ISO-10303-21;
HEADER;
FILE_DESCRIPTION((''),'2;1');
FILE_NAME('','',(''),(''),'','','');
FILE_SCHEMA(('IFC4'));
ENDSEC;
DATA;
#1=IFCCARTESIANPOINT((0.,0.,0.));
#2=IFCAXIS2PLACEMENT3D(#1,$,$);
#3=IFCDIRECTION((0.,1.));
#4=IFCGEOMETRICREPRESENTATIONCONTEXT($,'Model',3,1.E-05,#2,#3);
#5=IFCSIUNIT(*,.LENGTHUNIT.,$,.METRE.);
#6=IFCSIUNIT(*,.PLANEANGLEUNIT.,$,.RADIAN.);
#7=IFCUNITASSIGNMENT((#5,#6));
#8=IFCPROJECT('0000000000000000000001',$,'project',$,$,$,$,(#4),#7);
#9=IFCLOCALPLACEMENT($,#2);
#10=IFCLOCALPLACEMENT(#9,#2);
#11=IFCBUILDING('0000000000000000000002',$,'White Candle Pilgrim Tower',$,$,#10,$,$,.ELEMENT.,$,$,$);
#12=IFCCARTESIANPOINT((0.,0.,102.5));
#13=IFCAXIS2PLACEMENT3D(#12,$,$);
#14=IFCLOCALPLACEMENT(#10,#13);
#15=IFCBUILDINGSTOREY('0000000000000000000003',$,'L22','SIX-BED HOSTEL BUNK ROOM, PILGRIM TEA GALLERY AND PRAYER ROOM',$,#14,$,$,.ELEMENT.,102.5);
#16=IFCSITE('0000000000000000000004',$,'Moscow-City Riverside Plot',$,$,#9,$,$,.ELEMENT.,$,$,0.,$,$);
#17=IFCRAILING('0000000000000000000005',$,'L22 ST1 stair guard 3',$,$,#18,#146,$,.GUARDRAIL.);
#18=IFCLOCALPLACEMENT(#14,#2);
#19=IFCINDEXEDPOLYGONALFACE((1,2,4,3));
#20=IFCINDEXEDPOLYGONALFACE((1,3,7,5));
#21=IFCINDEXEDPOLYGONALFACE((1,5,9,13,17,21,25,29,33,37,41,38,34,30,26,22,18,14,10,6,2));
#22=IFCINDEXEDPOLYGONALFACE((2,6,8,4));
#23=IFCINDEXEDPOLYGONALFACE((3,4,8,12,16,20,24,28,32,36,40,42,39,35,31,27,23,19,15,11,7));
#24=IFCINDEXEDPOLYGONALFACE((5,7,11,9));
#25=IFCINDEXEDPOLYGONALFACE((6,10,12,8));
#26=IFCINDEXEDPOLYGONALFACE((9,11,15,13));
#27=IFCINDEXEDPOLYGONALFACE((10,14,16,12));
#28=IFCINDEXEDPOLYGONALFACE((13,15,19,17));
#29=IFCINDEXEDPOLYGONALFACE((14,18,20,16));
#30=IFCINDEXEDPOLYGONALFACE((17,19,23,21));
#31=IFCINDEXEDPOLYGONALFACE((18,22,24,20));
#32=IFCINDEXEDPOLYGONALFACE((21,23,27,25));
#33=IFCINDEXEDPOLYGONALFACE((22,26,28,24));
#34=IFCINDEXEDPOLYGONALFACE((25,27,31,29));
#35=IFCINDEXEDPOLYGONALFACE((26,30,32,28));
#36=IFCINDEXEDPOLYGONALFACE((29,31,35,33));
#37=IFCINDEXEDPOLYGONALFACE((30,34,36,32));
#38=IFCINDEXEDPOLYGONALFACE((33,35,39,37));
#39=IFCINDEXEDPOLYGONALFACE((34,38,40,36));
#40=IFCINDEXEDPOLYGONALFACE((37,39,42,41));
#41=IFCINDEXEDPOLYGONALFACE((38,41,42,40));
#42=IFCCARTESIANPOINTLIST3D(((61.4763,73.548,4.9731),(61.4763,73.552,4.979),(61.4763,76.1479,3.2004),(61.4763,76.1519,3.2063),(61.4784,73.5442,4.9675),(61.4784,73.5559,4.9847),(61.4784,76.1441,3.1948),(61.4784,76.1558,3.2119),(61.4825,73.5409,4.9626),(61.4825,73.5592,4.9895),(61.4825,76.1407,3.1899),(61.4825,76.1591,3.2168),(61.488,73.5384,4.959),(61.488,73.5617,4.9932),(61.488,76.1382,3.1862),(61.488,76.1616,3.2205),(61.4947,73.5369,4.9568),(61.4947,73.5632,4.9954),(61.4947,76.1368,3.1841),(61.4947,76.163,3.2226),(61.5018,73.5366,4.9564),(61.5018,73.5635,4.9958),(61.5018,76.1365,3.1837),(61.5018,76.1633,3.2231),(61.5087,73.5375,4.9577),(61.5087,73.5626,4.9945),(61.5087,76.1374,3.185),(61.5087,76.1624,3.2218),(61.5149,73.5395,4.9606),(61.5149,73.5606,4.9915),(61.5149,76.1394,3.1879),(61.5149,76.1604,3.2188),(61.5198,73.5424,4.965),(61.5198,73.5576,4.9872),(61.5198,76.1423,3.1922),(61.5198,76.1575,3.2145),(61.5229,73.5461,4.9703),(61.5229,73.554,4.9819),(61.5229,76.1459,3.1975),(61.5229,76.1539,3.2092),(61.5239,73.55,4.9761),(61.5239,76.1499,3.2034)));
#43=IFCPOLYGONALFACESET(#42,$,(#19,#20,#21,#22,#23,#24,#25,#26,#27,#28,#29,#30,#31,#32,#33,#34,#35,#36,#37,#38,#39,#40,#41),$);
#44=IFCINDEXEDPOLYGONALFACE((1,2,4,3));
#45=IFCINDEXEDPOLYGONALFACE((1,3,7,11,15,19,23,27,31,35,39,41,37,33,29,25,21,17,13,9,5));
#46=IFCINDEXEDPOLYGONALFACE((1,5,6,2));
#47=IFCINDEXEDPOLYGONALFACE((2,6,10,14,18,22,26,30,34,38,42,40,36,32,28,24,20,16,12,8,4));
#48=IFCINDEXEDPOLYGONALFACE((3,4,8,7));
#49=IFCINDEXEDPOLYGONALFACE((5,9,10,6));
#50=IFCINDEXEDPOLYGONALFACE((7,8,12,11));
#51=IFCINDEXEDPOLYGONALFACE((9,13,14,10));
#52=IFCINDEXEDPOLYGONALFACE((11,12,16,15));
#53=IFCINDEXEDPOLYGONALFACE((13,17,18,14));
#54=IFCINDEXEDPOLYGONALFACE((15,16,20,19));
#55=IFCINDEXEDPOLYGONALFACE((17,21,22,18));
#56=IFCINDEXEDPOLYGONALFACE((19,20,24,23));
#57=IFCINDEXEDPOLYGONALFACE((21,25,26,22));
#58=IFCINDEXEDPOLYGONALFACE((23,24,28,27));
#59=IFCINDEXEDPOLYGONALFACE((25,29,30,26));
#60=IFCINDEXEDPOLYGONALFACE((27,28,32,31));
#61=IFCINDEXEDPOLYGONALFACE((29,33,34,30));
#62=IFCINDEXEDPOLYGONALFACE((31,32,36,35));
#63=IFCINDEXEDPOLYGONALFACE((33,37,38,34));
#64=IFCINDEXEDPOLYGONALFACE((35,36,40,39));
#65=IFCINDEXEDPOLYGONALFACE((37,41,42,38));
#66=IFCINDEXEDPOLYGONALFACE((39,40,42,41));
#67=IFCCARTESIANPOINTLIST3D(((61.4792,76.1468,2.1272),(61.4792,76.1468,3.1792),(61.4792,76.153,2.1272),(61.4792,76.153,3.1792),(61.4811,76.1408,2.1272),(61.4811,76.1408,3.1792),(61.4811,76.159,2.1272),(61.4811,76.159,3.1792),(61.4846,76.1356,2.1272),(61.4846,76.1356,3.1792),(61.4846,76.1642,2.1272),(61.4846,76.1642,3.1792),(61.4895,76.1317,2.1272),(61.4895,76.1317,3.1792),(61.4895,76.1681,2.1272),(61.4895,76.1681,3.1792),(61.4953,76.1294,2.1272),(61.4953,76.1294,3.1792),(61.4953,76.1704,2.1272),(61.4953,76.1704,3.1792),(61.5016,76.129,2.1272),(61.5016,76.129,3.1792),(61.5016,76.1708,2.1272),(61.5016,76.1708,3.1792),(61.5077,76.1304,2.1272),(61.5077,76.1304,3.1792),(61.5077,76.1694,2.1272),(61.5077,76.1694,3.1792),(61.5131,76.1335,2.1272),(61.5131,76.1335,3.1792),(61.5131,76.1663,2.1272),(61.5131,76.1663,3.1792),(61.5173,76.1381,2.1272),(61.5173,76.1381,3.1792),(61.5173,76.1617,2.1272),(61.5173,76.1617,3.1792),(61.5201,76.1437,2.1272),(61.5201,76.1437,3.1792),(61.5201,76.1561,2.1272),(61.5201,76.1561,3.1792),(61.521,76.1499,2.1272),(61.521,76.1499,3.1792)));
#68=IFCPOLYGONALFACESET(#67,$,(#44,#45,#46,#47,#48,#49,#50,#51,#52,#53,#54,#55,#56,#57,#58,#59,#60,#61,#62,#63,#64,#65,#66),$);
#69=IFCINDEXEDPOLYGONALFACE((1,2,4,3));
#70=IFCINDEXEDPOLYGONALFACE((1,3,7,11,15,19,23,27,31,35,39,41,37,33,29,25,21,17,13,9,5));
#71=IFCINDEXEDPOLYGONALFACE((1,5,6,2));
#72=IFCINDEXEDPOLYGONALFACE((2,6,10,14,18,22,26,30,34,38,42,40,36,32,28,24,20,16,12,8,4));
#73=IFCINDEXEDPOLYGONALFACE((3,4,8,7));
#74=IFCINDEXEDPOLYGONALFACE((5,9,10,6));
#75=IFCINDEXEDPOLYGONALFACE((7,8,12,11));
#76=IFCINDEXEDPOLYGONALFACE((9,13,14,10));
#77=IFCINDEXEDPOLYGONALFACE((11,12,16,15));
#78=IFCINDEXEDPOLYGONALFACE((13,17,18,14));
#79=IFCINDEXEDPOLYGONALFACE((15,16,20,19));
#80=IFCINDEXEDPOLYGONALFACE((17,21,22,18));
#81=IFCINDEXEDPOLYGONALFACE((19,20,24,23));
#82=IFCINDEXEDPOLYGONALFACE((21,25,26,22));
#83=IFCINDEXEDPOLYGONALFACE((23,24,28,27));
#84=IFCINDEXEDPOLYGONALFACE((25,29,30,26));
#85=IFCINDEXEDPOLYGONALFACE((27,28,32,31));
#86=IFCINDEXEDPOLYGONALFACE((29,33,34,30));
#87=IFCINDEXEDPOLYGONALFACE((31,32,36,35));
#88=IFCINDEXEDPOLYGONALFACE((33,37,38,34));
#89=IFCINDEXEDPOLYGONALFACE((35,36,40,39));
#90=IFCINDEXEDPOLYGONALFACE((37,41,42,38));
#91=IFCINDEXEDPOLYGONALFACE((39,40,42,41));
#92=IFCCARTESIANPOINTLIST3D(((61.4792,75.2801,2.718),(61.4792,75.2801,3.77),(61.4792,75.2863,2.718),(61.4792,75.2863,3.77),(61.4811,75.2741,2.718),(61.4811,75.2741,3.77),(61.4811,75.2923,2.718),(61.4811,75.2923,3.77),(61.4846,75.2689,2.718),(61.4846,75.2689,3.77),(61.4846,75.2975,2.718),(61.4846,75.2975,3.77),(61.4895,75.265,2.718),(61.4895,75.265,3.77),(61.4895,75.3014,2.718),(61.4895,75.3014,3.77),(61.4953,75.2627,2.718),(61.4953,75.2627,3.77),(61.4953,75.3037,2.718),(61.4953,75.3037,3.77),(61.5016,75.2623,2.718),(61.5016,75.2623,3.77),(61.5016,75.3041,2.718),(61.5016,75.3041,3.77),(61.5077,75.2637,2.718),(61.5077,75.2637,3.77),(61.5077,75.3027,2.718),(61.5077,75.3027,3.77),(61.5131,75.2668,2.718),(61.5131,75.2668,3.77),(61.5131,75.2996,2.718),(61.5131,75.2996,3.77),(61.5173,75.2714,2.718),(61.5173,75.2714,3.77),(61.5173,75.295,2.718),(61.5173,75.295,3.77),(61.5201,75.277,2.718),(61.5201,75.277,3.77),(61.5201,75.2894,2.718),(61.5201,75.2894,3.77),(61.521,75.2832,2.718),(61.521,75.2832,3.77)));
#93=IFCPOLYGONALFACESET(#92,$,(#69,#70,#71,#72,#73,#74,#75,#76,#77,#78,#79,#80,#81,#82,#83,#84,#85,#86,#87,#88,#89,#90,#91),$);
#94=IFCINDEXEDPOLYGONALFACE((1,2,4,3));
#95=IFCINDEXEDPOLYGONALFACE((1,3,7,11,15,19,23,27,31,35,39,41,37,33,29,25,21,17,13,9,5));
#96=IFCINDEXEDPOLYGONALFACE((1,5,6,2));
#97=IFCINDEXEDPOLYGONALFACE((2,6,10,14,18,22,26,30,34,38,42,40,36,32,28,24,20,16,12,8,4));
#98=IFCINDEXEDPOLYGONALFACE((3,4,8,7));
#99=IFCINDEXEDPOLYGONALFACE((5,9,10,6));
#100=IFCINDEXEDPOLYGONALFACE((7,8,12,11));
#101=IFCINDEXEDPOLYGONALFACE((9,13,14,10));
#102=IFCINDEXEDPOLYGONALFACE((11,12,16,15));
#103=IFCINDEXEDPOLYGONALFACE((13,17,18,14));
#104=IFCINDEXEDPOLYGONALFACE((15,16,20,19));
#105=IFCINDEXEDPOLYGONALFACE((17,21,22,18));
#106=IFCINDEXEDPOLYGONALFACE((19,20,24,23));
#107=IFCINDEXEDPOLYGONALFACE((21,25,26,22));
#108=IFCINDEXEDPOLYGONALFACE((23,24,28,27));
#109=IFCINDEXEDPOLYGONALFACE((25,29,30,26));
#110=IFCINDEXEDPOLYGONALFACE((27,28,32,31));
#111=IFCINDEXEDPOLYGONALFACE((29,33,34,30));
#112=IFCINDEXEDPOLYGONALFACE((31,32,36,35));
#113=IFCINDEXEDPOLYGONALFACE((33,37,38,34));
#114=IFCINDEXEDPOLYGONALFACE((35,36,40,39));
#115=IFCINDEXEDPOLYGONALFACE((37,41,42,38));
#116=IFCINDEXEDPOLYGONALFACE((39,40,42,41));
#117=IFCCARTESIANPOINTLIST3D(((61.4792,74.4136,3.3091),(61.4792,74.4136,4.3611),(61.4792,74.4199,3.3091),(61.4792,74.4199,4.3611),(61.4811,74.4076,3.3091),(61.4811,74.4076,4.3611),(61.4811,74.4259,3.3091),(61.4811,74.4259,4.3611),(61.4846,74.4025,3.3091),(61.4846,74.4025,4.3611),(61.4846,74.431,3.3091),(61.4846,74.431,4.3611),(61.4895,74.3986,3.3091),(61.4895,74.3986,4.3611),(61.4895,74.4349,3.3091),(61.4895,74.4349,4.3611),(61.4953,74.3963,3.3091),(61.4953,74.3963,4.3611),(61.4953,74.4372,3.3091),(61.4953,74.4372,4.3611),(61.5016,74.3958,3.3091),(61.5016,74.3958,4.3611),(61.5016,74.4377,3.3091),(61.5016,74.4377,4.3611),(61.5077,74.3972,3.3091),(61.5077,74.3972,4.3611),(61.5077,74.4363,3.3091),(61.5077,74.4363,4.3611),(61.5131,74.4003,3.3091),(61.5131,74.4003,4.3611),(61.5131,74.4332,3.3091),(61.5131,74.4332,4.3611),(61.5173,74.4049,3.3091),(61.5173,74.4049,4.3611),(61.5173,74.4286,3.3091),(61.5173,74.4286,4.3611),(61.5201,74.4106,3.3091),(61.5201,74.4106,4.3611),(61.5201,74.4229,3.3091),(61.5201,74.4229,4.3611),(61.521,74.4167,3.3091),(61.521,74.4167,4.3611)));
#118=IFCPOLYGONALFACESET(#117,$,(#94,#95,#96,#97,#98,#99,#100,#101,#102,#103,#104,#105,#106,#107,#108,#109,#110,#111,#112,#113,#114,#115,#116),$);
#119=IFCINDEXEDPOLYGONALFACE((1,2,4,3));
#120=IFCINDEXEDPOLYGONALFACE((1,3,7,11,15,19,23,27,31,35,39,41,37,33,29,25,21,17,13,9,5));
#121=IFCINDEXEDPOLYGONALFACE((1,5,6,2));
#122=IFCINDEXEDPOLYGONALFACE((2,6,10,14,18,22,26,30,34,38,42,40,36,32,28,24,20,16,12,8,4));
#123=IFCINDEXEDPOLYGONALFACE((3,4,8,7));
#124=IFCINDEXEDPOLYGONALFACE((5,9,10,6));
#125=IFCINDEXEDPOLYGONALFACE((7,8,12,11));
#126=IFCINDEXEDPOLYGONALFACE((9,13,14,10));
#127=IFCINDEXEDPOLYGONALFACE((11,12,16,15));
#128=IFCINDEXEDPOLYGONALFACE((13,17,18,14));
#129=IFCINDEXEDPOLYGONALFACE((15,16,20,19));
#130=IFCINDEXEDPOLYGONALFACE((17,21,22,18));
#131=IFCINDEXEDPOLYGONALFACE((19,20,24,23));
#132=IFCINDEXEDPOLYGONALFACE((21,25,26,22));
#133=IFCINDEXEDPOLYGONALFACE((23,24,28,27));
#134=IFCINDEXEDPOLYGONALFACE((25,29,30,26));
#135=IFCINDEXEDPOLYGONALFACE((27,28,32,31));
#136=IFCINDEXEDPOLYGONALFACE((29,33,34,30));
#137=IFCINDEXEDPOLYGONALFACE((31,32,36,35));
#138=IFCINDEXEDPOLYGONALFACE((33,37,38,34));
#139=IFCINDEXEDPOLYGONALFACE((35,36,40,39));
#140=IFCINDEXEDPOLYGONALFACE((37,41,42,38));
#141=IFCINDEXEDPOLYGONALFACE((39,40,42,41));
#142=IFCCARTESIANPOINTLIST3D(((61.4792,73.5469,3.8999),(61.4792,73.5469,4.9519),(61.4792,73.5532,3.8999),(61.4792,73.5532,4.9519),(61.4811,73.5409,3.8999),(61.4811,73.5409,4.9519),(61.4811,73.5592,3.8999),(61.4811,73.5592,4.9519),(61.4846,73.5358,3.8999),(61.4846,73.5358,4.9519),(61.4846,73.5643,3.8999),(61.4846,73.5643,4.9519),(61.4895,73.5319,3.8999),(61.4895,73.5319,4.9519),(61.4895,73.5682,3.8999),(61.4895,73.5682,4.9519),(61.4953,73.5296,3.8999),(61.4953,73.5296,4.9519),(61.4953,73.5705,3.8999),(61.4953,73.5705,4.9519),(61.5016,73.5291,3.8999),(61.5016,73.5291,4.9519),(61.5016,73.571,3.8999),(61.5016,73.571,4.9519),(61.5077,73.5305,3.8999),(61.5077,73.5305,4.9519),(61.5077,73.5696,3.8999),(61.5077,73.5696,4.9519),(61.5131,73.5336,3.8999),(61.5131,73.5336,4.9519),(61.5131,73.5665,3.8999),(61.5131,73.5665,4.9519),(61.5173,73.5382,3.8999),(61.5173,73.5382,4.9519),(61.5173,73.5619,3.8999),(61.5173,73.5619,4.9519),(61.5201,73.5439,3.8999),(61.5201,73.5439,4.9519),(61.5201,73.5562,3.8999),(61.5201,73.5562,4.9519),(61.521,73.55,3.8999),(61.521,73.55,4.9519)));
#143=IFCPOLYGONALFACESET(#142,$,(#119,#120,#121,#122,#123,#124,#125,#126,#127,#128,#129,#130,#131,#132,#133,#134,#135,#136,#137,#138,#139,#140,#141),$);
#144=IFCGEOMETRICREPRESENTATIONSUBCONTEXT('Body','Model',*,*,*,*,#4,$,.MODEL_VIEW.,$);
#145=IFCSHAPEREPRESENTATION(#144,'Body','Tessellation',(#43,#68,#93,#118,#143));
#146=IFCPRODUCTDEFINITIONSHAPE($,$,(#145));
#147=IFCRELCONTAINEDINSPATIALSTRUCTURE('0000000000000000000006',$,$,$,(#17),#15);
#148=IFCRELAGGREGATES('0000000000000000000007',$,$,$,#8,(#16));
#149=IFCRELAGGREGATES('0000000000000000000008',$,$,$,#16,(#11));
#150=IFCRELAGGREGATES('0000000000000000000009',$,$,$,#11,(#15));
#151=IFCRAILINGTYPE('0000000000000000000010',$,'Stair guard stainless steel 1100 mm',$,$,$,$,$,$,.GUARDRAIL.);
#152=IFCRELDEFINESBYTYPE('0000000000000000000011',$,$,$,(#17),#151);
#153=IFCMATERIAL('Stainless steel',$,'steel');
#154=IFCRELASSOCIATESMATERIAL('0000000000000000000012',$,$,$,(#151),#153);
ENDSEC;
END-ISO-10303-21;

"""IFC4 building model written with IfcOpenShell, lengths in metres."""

from ifc_helpers import new_model, si_unit, direction, frame, origin, origin_2d, place, context, subcontext, project, spatial, circle, extrude, material, type_object, element, save


model = new_model("IFC4")

# Units and contexts
model_context = context("Model", 3, precision=1e-05, world=origin(), true_north=direction((0.0, 1.0)))
body_context = subcontext(model_context, "Body", "Model", "MODEL_VIEW")
ifc_project = project(units=[si_unit("LENGTHUNIT", "METRE"), si_unit("PLANEANGLEUNIT", "RADIAN")], contexts=[model_context])

# Site, building, storey
site_placement = place(None, origin())
site = spatial("IfcSite", under=ifc_project, at=site_placement, Name="Moscow-City Riverside Plot", CompositionType="ELEMENT", RefElevation=0.0)
building_placement = place(site_placement, origin())
building = spatial("IfcBuilding", under=site, at=building_placement, Name="White Candle Pilgrim Tower", CompositionType="ELEMENT")
storey_placement = place(building_placement, frame((0.0, 0.0, 102.5)))
storey = spatial("IfcBuildingStorey", under=building, at=storey_placement, Name="L22", Description="SIX-BED HOSTEL BUNK ROOM, PILGRIM TEA GALLERY AND PRAYER ROOM", CompositionType="ELEMENT", Elevation=102.5)

# Shared definitions
ifc_material_1 = material(Name="Stainless steel", Category="steel")

# Railing
railing_type_1 = type_object("IfcRailingType", Name="Stair guard stainless steel 1100 mm", PredefinedType="GUARDRAIL", material=ifc_material_1)
railing_1_placement = place(storey_placement, frame((61.5, 76.1499, 2.1272)))
element("IfcRailing", 1, at=railing_1_placement, inside=storey, type_object=railing_type_1, Name="L22 ST1 stair guard 3", PredefinedType="GUARDRAIL", context=body_context, shape_type="SweptSolid", body=[
    extrude(circle(Radius=0.0239, at=origin_2d()), frame((0.0, 0.0, 1.0762), z_axis=(0.0, -0.826216, 0.563354), x_axis=(1.0, 0.0, 0.0)), (0.0, 0.0, 1.0), 3.1467),
    extrude(circle(Radius=0.021, at=origin_2d()), origin(), (0.0, 0.0, 1.0), 1.052),
    extrude(circle(Radius=0.021, at=origin_2d()), frame((0.0, -0.8667, 0.5908)), (0.0, 0.0, 1.0), 1.052),
    extrude(circle(Radius=0.021, at=origin_2d()), frame((0.0, -1.7332, 1.1819)), (0.0, 0.0, 1.0), 1.052),
    extrude(circle(Radius=0.021, at=origin_2d()), frame((0.0, -2.5999, 1.7727)), (0.0, 0.0, 1.0), 1.052),
])

save(model, "model.ifc")
